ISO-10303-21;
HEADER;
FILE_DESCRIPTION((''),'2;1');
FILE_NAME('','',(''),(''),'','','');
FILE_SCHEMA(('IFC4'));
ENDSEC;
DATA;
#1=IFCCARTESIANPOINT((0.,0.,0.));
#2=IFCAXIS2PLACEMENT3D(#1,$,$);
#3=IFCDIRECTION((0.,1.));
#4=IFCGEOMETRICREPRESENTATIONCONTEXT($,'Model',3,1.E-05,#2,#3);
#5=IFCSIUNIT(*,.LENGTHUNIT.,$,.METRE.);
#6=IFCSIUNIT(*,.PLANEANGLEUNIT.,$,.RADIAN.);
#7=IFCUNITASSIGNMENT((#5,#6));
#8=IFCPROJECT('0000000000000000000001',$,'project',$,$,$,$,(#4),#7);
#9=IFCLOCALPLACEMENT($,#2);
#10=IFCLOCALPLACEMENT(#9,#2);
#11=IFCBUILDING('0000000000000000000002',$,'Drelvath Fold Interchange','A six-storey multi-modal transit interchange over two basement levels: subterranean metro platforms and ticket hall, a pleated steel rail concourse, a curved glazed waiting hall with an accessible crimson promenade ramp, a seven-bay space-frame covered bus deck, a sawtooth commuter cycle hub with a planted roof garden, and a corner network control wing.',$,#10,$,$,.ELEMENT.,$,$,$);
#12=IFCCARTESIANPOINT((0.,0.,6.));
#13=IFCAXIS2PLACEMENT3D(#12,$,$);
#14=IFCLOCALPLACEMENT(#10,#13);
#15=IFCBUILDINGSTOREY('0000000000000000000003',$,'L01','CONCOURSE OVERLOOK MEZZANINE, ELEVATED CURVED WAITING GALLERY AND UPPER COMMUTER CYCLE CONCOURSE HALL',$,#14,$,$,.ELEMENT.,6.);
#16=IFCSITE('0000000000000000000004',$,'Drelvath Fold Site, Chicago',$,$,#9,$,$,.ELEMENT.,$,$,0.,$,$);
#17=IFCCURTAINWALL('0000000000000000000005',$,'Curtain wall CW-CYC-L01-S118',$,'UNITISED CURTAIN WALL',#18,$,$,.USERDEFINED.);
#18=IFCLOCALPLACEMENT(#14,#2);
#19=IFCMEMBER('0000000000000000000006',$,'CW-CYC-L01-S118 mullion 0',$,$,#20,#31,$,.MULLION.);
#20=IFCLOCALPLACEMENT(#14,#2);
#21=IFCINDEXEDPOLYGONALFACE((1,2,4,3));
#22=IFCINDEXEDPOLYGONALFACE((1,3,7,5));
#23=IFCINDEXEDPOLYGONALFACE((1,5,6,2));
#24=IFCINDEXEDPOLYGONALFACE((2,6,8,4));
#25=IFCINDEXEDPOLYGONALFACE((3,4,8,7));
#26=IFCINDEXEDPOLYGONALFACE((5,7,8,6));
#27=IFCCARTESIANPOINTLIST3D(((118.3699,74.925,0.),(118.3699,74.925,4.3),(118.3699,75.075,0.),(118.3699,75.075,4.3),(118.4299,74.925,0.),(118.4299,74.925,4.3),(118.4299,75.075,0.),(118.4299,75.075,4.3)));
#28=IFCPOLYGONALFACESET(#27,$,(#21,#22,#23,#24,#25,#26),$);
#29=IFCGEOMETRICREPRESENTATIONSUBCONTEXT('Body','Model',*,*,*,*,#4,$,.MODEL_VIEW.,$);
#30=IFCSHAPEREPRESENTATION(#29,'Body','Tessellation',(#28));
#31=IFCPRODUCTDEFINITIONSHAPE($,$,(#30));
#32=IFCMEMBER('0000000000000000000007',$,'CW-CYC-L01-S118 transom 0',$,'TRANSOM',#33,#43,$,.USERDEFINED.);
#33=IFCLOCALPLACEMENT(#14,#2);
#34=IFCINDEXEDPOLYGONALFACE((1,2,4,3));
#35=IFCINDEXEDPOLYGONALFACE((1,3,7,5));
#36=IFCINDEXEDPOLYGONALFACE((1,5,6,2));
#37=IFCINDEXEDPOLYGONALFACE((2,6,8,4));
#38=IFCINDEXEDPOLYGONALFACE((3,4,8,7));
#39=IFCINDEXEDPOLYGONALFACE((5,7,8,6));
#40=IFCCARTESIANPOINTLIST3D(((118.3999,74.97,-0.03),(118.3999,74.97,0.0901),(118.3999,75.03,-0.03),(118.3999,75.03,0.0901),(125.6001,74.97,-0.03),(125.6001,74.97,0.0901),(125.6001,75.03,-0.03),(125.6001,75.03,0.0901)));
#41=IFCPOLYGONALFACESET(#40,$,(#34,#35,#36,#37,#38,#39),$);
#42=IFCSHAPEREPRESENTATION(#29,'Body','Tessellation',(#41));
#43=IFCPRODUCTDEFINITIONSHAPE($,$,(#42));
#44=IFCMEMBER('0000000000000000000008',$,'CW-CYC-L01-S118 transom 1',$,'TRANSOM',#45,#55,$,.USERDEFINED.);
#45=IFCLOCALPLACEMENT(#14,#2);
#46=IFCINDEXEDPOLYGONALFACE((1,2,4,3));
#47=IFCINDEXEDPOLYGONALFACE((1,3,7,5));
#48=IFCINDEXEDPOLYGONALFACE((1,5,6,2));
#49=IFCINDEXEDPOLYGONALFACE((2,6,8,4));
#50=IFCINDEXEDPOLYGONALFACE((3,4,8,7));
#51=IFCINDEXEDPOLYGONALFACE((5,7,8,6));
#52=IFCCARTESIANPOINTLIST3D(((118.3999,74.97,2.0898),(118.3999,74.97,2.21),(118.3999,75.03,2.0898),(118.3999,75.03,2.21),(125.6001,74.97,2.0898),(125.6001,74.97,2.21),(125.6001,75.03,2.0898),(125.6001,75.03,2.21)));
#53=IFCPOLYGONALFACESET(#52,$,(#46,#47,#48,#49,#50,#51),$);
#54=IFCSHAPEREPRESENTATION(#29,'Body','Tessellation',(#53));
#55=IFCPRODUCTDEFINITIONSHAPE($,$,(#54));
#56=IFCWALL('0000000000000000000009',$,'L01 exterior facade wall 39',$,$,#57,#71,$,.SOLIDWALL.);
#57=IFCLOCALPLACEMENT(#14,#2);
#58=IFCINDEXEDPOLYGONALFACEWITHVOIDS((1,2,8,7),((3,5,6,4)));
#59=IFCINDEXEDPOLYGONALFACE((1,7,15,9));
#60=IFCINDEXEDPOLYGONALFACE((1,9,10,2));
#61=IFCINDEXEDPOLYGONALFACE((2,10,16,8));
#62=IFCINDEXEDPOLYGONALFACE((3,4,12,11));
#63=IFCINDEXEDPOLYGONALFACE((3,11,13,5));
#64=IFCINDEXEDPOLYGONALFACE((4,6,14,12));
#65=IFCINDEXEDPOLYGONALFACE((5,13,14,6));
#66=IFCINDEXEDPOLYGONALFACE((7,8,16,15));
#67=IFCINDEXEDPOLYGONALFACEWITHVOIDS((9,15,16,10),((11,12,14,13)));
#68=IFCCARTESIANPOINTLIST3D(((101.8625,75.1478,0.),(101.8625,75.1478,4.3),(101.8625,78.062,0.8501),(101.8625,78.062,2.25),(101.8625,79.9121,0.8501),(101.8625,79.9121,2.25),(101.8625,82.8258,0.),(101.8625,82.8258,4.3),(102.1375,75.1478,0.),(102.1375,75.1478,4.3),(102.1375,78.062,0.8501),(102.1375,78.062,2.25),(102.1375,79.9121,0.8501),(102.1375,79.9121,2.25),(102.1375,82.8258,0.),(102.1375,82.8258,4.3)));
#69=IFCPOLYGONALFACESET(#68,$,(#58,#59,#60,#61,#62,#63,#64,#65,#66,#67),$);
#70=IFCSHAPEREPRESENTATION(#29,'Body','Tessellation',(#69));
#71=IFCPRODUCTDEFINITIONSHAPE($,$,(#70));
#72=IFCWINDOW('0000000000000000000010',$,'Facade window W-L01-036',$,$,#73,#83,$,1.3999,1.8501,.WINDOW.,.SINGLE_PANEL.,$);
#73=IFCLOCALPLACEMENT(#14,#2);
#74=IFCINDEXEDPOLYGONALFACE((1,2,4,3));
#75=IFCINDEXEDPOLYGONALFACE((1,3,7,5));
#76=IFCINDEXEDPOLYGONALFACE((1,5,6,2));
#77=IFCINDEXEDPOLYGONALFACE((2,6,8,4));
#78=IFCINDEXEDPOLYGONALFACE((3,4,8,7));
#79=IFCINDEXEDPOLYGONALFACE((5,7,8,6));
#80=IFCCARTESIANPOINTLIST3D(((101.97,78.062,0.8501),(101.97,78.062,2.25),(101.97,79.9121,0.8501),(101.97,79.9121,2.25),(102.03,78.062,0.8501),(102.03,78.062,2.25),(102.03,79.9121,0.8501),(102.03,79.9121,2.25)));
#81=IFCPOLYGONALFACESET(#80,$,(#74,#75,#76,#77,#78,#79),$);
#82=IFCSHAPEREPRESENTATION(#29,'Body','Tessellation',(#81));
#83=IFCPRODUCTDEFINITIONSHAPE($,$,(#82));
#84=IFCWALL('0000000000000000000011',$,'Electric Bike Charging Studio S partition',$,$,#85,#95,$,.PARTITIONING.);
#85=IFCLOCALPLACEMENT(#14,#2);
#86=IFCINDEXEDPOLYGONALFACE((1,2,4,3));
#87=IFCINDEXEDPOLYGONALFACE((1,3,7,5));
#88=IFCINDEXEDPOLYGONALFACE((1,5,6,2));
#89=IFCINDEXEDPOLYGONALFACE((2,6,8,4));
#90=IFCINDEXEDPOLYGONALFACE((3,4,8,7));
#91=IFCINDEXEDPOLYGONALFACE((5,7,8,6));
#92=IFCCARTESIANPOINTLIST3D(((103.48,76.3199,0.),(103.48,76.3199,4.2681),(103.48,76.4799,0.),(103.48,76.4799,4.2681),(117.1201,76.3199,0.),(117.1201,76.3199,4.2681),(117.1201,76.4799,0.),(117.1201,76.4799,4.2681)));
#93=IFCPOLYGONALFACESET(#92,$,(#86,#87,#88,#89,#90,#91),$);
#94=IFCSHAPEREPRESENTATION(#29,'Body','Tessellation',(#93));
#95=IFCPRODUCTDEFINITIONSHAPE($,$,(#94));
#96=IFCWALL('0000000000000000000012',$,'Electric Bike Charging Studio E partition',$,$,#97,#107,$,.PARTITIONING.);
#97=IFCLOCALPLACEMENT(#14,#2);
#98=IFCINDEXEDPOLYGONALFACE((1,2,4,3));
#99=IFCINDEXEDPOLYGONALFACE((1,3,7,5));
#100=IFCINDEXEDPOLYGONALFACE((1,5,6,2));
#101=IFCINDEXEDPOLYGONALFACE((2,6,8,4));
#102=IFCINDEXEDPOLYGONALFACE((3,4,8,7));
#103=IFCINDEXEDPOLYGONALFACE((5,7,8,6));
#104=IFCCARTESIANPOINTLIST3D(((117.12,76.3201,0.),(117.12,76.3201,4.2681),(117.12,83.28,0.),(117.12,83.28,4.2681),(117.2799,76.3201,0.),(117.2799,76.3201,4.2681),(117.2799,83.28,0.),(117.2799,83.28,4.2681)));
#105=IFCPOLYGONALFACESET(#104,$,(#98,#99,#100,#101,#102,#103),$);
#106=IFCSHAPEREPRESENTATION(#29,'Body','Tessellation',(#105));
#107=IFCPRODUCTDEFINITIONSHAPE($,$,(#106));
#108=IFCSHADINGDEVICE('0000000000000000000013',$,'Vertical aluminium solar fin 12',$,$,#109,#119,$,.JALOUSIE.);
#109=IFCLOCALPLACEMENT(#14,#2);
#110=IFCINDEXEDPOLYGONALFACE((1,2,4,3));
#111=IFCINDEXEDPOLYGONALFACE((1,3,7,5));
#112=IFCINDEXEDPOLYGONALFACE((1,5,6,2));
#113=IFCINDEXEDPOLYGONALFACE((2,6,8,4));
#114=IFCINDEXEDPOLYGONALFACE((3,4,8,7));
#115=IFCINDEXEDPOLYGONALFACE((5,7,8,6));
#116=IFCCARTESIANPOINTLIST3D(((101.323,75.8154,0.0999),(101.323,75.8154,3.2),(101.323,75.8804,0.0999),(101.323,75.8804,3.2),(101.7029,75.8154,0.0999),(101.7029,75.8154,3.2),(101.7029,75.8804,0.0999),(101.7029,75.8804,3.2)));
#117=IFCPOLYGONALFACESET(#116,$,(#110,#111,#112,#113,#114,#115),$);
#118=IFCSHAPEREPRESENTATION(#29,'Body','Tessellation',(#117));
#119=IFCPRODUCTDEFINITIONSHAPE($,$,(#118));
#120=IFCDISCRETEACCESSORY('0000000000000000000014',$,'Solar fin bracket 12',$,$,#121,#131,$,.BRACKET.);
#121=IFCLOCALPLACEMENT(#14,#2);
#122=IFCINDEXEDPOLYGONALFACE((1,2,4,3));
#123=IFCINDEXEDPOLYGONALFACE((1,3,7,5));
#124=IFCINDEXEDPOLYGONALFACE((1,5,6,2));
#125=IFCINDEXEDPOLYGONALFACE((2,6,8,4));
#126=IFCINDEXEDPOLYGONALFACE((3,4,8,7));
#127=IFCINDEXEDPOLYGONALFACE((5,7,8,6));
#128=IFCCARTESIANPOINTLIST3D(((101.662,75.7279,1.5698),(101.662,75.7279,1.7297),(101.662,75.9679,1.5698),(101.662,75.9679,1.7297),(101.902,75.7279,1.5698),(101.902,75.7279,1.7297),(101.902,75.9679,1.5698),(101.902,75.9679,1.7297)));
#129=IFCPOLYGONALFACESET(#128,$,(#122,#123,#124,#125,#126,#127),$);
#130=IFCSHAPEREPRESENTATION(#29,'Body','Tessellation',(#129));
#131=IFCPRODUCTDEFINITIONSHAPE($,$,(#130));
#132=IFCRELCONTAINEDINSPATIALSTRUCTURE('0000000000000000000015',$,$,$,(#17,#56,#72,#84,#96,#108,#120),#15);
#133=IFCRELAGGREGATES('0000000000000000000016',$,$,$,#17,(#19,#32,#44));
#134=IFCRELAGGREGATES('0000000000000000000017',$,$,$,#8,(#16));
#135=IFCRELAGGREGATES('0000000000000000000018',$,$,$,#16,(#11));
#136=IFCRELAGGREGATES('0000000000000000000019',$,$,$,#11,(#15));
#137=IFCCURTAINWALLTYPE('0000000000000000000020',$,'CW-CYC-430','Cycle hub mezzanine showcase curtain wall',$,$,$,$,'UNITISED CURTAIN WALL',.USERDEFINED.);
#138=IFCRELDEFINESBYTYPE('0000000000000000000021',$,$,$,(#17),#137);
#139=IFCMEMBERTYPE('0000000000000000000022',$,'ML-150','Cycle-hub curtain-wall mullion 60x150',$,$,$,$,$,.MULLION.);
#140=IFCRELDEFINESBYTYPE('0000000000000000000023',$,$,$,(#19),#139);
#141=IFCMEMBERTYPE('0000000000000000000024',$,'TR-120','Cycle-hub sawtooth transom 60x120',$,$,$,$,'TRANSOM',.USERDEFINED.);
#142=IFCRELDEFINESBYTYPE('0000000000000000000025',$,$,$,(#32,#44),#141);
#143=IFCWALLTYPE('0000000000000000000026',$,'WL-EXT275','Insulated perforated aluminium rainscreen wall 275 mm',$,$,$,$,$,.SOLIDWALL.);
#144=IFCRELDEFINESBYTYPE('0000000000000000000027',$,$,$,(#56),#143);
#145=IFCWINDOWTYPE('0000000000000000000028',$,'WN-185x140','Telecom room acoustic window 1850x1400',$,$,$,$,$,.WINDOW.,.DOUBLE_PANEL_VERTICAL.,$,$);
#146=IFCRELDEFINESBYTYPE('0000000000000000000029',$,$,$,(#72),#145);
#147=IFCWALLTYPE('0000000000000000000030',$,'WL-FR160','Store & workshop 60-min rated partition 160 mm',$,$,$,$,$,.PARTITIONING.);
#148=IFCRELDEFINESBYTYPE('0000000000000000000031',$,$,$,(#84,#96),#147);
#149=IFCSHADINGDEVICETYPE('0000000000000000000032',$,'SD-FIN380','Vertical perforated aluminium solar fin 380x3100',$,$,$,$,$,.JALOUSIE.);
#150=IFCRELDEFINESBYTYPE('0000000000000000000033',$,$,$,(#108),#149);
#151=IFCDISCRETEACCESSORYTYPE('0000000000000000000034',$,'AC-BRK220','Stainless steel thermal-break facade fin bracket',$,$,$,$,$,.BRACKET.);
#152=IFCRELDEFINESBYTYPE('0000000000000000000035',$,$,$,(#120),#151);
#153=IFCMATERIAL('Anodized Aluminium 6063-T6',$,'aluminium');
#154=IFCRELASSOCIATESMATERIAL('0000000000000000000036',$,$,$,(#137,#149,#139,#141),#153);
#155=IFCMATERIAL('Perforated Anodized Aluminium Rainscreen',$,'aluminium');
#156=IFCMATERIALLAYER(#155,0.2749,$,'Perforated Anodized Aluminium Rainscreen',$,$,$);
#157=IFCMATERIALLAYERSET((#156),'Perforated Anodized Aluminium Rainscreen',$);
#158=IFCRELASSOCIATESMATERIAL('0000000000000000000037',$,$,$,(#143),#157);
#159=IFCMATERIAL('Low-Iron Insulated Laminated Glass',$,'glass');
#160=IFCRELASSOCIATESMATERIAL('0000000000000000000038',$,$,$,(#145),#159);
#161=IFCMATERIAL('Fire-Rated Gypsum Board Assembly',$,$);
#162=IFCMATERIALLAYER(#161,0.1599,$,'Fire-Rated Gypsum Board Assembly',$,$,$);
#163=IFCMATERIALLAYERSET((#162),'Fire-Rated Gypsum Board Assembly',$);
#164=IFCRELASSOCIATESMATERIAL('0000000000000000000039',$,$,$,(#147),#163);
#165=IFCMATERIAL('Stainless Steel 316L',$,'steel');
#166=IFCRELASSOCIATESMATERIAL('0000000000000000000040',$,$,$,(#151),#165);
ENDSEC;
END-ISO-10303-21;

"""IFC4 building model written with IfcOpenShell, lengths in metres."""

from ifc_helpers import new_model, si_unit, direction, frame, frame_2d, origin, origin_2d, place, context, subcontext, project, spatial, rectangle, extrude, material, layer, layer_set, material_profile, profile_set, type_object, element, fill, aggregate, save


model = new_model("IFC4")

# Units and contexts
model_context = context("Model", 3, precision=1e-05, world=origin(), true_north=direction((0.0, 1.0)))
body_context = subcontext(model_context, "Body", "Model", "MODEL_VIEW")
ifc_project = project(units=[si_unit("LENGTHUNIT", "METRE"), si_unit("PLANEANGLEUNIT", "RADIAN")], contexts=[model_context])

# Site, building, storey
site_placement = place(None, origin())
site = spatial("IfcSite", under=ifc_project, at=site_placement, Name="Drelvath Fold Site, Chicago", CompositionType="ELEMENT", RefElevation=0.0)
building_placement = place(site_placement, origin())
building = spatial("IfcBuilding", under=site, at=building_placement, Name="Drelvath Fold Interchange", Description="A six-storey multi-modal transit interchange over two basement levels: subterranean metro platforms and ticket hall, a pleated steel rail concourse, a curved glazed waiting hall with an accessible crimson promenade ramp, a seven-bay space-frame covered bus deck, a sawtooth commuter cycle hub with a planted roof garden, and a corner network control wing.", CompositionType="ELEMENT")
storey_placement = place(building_placement, frame((0.0, 0.0, 6.0)))
storey = spatial("IfcBuildingStorey", under=building, at=storey_placement, Name="L01", Description="CONCOURSE OVERLOOK MEZZANINE, ELEVATED CURVED WAITING GALLERY AND UPPER COMMUTER CYCLE CONCOURSE HALL", CompositionType="ELEMENT", Elevation=6.0)

# Curtain wall, members
ifc_material_1 = material(Name="Anodized Aluminium 6063-T6", Category="aluminium")
curtain_wall_type = type_object("IfcCurtainWallType", Name="CW-CYC-430", Description="Cycle hub mezzanine showcase curtain wall", ElementType="UNITISED CURTAIN WALL", PredefinedType="USERDEFINED", material=ifc_material_1)
curtain_wall_placement = place(storey_placement, origin())
curtain_wall = element("IfcCurtainWall", 1, at=curtain_wall_placement, inside=storey, type_object=curtain_wall_type, Name="Curtain wall CW-CYC-L01-S118", ObjectType="UNITISED CURTAIN WALL", PredefinedType="USERDEFINED")
ifc_material_profile_1 = material_profile(ifc_material_1, rectangle(XDim=0.0601, YDim=0.1499, at=origin_2d()), Name="AL-M 60x150")
ifc_profile_set_1 = profile_set([ifc_material_profile_1], Name="Anodized Aluminium 6063-T6")
member_type_1 = type_object("IfcMemberType", Name="ML-150", Description="Cycle-hub curtain-wall mullion 60x150", PredefinedType="MULLION", material=ifc_profile_set_1)
member_1_placement = place(storey_placement, frame((118.3999, 75.0, 0.0), z_axis=(0.0, 0.0, 1.0), x_axis=(1.0, 0.0, 0.0)))
member_1 = element("IfcMember", 2, at=member_1_placement, type_object=member_type_1, Name="CW-CYC-L01-S118 mullion 0", PredefinedType="MULLION", context=body_context, shape_type="SweptSolid", body=[
    extrude(rectangle(XDim=0.0601, YDim=0.1499, at=origin_2d()), origin(), (0.0, 0.0, 1.0), 4.3),
])
ifc_material_profile_2 = material_profile(ifc_material_1, rectangle(XDim=0.0601, YDim=0.1201, at=origin_2d()), Name="AL-T 60x120")
ifc_profile_set_2 = profile_set([ifc_material_profile_2], Name="Anodized Aluminium 6063-T6")
member_type_2 = type_object("IfcMemberType", Name="TR-120", Description="Cycle-hub sawtooth transom 60x120", ElementType="TRANSOM", PredefinedType="USERDEFINED", material=ifc_profile_set_2)
member_2_placement = place(storey_placement, frame((118.3999, 75.0, 0.03), z_axis=(1.0, 0.0, 0.0), x_axis=(0.0, 1.0, 0.0)))
member_2 = element("IfcMember", 3, at=member_2_placement, type_object=member_type_2, Name="CW-CYC-L01-S118 transom 0", ObjectType="TRANSOM", PredefinedType="USERDEFINED", context=body_context, shape_type="SweptSolid", body=[
    extrude(rectangle(XDim=0.0601, YDim=0.1201, at=origin_2d()), origin(), (0.0, 0.0, 1.0), 7.2002),
])
member_3_placement = place(storey_placement, frame((118.3999, 75.0, 2.1499), z_axis=(1.0, 0.0, 0.0), x_axis=(0.0, 1.0, 0.0)))
member_3 = element("IfcMember", 4, at=member_3_placement, type_object=member_type_2, Name="CW-CYC-L01-S118 transom 1", ObjectType="TRANSOM", PredefinedType="USERDEFINED", context=body_context, shape_type="SweptSolid", body=[
    extrude(rectangle(XDim=0.0601, YDim=0.1201, at=origin_2d()), origin(), (0.0, 0.0, 1.0), 7.2002),
])
aggregate(curtain_wall, [member_1, member_2, member_3])

# Wall, opening, window
ifc_material_2 = material(Name="Perforated Anodized Aluminium Rainscreen", Category="aluminium")
ifc_layer_1 = layer(ifc_material_2, 0.2749, Name="Perforated Anodized Aluminium Rainscreen")
ifc_layer_set_1 = layer_set([ifc_layer_1], Name="Perforated Anodized Aluminium Rainscreen")
wall_type_1 = type_object("IfcWallType", Name="WL-EXT275", Description="Insulated perforated aluminium rainscreen wall 275 mm", PredefinedType="SOLIDWALL", material=ifc_layer_set_1)
wall_1_placement = place(storey_placement, frame((102.0, 75.1479, 0.0), z_axis=(0.0, 0.0, 1.0), x_axis=(0.0, 1.0, 0.0)))
wall_1 = element("IfcWall", 5, at=wall_1_placement, inside=storey, type_object=wall_type_1, Name="L01 exterior facade wall 39", PredefinedType="SOLIDWALL", context=body_context, shape_type="SweptSolid", body=[
    extrude(rectangle(XDim=7.678, YDim=0.2749, at=frame_2d((3.8389, 0.0))), origin(), (0.0, 0.0, 1.0), 4.3),
])
opening_placement = place(wall_1_placement, frame((2.9141, 0.0, 0.8501)))
opening = element("IfcOpeningElement", 6, at=opening_placement, cuts=wall_1, PredefinedType="OPENING", context=body_context, shape_type="SweptSolid", body=[
    extrude(rectangle(XDim=1.8501, YDim=1.3999, at=frame_2d((0.925, 0.7))), frame((0.0, 0.1475, 0.0), z_axis=(0.0, -1.0, 0.0), x_axis=(1.0, 0.0, 0.0)), (0.0, 0.0, 1.0), 0.2949),
])
ifc_material_3 = material(Name="Low-Iron Insulated Laminated Glass", Category="glass")
window_type = type_object("IfcWindowType", Name="WN-185x140", Description="Telecom room acoustic window 1850x1400", PartitioningType="DOUBLE_PANEL_VERTICAL", PredefinedType="WINDOW", material=ifc_material_3)
window_placement = place(opening_placement, origin())
window = element("IfcWindow", 7, at=window_placement, inside=storey, type_object=window_type, Name="Facade window W-L01-036", OverallHeight=1.3999, OverallWidth=1.8501, PartitioningType="SINGLE_PANEL", PredefinedType="WINDOW", context=body_context, shape_type="SweptSolid", body=[
    extrude(rectangle(XDim=1.8501, YDim=1.3999, at=frame_2d((0.925, 0.7))), frame((0.0, 0.03, 0.0), z_axis=(0.0, -1.0, 0.0), x_axis=(1.0, 0.0, 0.0)), (0.0, 0.0, 1.0), 0.0601),
])
fill(opening, window)

# Walls
ifc_material_4 = material(Name="Fire-Rated Gypsum Board Assembly")
ifc_layer_2 = layer(ifc_material_4, 0.1599, Name="Fire-Rated Gypsum Board Assembly")
ifc_layer_set_2 = layer_set([ifc_layer_2], Name="Fire-Rated Gypsum Board Assembly")
wall_type_2 = type_object("IfcWallType", Name="WL-FR160", Description="Store & workshop 60-min rated partition 160 mm", PredefinedType="PARTITIONING", material=ifc_layer_set_2)
wall_2_placement = place(storey_placement, frame((103.48, 76.3999, 0.0), z_axis=(0.0, 0.0, 1.0), x_axis=(1.0, 0.0, 0.0)))
element("IfcWall", 8, at=wall_2_placement, inside=storey, type_object=wall_type_2, Name="Electric Bike Charging Studio S partition", PredefinedType="PARTITIONING", context=body_context, shape_type="SweptSolid", body=[
    extrude(rectangle(XDim=13.6401, YDim=0.1599, at=frame_2d((6.8201, 0.0))), origin(), (0.0, 0.0, 1.0), 4.2681),
])
wall_3_placement = place(storey_placement, frame((117.2, 76.3201, 0.0), z_axis=(0.0, 0.0, 1.0), x_axis=(0.0, 1.0, 0.0)))
element("IfcWall", 9, at=wall_3_placement, inside=storey, type_object=wall_type_2, Name="Electric Bike Charging Studio E partition", PredefinedType="PARTITIONING", context=body_context, shape_type="SweptSolid", body=[
    extrude(rectangle(XDim=6.96, YDim=0.1599, at=frame_2d((3.48, 0.0))), origin(), (0.0, 0.0, 1.0), 4.2681),
])

# Shading device
shading_device_type = type_object("IfcShadingDeviceType", Name="SD-FIN380", Description="Vertical perforated aluminium solar fin 380x3100", PredefinedType="JALOUSIE", material=ifc_material_1)
shading_device_placement = place(storey_placement, frame((101.5129, 75.8479, 0.0999), z_axis=(0.0, 0.0, 1.0), x_axis=(1.0, 0.0, 0.0)))
element("IfcShadingDevice", 10, at=shading_device_placement, inside=storey, type_object=shading_device_type, Name="Vertical aluminium solar fin 12", PredefinedType="JALOUSIE", context=body_context, shape_type="SweptSolid", body=[
    extrude(rectangle(XDim=0.3799, YDim=0.0649, at=origin_2d()), origin(), (0.0, 0.0, 1.0), 3.1001),
])

# Discrete accessory
ifc_material_5 = material(Name="Stainless Steel 316L", Category="steel")
discrete_accessory_type = type_object("IfcDiscreteAccessoryType", Name="AC-BRK220", Description="Stainless steel thermal-break facade fin bracket", PredefinedType="BRACKET", material=ifc_material_5)
discrete_accessory_placement = place(storey_placement, frame((101.782, 75.8479, 1.5698), z_axis=(0.0, 0.0, 1.0), x_axis=(1.0, 0.0, 0.0)))
element("IfcDiscreteAccessory", 11, at=discrete_accessory_placement, inside=storey, type_object=discrete_accessory_type, Name="Solar fin bracket 12", PredefinedType="BRACKET", context=body_context, shape_type="SweptSolid", body=[
    extrude(rectangle(XDim=0.24, YDim=0.24, at=origin_2d()), origin(), (0.0, 0.0, 1.0), 0.1599),
])

save(model, "model.ifc")
